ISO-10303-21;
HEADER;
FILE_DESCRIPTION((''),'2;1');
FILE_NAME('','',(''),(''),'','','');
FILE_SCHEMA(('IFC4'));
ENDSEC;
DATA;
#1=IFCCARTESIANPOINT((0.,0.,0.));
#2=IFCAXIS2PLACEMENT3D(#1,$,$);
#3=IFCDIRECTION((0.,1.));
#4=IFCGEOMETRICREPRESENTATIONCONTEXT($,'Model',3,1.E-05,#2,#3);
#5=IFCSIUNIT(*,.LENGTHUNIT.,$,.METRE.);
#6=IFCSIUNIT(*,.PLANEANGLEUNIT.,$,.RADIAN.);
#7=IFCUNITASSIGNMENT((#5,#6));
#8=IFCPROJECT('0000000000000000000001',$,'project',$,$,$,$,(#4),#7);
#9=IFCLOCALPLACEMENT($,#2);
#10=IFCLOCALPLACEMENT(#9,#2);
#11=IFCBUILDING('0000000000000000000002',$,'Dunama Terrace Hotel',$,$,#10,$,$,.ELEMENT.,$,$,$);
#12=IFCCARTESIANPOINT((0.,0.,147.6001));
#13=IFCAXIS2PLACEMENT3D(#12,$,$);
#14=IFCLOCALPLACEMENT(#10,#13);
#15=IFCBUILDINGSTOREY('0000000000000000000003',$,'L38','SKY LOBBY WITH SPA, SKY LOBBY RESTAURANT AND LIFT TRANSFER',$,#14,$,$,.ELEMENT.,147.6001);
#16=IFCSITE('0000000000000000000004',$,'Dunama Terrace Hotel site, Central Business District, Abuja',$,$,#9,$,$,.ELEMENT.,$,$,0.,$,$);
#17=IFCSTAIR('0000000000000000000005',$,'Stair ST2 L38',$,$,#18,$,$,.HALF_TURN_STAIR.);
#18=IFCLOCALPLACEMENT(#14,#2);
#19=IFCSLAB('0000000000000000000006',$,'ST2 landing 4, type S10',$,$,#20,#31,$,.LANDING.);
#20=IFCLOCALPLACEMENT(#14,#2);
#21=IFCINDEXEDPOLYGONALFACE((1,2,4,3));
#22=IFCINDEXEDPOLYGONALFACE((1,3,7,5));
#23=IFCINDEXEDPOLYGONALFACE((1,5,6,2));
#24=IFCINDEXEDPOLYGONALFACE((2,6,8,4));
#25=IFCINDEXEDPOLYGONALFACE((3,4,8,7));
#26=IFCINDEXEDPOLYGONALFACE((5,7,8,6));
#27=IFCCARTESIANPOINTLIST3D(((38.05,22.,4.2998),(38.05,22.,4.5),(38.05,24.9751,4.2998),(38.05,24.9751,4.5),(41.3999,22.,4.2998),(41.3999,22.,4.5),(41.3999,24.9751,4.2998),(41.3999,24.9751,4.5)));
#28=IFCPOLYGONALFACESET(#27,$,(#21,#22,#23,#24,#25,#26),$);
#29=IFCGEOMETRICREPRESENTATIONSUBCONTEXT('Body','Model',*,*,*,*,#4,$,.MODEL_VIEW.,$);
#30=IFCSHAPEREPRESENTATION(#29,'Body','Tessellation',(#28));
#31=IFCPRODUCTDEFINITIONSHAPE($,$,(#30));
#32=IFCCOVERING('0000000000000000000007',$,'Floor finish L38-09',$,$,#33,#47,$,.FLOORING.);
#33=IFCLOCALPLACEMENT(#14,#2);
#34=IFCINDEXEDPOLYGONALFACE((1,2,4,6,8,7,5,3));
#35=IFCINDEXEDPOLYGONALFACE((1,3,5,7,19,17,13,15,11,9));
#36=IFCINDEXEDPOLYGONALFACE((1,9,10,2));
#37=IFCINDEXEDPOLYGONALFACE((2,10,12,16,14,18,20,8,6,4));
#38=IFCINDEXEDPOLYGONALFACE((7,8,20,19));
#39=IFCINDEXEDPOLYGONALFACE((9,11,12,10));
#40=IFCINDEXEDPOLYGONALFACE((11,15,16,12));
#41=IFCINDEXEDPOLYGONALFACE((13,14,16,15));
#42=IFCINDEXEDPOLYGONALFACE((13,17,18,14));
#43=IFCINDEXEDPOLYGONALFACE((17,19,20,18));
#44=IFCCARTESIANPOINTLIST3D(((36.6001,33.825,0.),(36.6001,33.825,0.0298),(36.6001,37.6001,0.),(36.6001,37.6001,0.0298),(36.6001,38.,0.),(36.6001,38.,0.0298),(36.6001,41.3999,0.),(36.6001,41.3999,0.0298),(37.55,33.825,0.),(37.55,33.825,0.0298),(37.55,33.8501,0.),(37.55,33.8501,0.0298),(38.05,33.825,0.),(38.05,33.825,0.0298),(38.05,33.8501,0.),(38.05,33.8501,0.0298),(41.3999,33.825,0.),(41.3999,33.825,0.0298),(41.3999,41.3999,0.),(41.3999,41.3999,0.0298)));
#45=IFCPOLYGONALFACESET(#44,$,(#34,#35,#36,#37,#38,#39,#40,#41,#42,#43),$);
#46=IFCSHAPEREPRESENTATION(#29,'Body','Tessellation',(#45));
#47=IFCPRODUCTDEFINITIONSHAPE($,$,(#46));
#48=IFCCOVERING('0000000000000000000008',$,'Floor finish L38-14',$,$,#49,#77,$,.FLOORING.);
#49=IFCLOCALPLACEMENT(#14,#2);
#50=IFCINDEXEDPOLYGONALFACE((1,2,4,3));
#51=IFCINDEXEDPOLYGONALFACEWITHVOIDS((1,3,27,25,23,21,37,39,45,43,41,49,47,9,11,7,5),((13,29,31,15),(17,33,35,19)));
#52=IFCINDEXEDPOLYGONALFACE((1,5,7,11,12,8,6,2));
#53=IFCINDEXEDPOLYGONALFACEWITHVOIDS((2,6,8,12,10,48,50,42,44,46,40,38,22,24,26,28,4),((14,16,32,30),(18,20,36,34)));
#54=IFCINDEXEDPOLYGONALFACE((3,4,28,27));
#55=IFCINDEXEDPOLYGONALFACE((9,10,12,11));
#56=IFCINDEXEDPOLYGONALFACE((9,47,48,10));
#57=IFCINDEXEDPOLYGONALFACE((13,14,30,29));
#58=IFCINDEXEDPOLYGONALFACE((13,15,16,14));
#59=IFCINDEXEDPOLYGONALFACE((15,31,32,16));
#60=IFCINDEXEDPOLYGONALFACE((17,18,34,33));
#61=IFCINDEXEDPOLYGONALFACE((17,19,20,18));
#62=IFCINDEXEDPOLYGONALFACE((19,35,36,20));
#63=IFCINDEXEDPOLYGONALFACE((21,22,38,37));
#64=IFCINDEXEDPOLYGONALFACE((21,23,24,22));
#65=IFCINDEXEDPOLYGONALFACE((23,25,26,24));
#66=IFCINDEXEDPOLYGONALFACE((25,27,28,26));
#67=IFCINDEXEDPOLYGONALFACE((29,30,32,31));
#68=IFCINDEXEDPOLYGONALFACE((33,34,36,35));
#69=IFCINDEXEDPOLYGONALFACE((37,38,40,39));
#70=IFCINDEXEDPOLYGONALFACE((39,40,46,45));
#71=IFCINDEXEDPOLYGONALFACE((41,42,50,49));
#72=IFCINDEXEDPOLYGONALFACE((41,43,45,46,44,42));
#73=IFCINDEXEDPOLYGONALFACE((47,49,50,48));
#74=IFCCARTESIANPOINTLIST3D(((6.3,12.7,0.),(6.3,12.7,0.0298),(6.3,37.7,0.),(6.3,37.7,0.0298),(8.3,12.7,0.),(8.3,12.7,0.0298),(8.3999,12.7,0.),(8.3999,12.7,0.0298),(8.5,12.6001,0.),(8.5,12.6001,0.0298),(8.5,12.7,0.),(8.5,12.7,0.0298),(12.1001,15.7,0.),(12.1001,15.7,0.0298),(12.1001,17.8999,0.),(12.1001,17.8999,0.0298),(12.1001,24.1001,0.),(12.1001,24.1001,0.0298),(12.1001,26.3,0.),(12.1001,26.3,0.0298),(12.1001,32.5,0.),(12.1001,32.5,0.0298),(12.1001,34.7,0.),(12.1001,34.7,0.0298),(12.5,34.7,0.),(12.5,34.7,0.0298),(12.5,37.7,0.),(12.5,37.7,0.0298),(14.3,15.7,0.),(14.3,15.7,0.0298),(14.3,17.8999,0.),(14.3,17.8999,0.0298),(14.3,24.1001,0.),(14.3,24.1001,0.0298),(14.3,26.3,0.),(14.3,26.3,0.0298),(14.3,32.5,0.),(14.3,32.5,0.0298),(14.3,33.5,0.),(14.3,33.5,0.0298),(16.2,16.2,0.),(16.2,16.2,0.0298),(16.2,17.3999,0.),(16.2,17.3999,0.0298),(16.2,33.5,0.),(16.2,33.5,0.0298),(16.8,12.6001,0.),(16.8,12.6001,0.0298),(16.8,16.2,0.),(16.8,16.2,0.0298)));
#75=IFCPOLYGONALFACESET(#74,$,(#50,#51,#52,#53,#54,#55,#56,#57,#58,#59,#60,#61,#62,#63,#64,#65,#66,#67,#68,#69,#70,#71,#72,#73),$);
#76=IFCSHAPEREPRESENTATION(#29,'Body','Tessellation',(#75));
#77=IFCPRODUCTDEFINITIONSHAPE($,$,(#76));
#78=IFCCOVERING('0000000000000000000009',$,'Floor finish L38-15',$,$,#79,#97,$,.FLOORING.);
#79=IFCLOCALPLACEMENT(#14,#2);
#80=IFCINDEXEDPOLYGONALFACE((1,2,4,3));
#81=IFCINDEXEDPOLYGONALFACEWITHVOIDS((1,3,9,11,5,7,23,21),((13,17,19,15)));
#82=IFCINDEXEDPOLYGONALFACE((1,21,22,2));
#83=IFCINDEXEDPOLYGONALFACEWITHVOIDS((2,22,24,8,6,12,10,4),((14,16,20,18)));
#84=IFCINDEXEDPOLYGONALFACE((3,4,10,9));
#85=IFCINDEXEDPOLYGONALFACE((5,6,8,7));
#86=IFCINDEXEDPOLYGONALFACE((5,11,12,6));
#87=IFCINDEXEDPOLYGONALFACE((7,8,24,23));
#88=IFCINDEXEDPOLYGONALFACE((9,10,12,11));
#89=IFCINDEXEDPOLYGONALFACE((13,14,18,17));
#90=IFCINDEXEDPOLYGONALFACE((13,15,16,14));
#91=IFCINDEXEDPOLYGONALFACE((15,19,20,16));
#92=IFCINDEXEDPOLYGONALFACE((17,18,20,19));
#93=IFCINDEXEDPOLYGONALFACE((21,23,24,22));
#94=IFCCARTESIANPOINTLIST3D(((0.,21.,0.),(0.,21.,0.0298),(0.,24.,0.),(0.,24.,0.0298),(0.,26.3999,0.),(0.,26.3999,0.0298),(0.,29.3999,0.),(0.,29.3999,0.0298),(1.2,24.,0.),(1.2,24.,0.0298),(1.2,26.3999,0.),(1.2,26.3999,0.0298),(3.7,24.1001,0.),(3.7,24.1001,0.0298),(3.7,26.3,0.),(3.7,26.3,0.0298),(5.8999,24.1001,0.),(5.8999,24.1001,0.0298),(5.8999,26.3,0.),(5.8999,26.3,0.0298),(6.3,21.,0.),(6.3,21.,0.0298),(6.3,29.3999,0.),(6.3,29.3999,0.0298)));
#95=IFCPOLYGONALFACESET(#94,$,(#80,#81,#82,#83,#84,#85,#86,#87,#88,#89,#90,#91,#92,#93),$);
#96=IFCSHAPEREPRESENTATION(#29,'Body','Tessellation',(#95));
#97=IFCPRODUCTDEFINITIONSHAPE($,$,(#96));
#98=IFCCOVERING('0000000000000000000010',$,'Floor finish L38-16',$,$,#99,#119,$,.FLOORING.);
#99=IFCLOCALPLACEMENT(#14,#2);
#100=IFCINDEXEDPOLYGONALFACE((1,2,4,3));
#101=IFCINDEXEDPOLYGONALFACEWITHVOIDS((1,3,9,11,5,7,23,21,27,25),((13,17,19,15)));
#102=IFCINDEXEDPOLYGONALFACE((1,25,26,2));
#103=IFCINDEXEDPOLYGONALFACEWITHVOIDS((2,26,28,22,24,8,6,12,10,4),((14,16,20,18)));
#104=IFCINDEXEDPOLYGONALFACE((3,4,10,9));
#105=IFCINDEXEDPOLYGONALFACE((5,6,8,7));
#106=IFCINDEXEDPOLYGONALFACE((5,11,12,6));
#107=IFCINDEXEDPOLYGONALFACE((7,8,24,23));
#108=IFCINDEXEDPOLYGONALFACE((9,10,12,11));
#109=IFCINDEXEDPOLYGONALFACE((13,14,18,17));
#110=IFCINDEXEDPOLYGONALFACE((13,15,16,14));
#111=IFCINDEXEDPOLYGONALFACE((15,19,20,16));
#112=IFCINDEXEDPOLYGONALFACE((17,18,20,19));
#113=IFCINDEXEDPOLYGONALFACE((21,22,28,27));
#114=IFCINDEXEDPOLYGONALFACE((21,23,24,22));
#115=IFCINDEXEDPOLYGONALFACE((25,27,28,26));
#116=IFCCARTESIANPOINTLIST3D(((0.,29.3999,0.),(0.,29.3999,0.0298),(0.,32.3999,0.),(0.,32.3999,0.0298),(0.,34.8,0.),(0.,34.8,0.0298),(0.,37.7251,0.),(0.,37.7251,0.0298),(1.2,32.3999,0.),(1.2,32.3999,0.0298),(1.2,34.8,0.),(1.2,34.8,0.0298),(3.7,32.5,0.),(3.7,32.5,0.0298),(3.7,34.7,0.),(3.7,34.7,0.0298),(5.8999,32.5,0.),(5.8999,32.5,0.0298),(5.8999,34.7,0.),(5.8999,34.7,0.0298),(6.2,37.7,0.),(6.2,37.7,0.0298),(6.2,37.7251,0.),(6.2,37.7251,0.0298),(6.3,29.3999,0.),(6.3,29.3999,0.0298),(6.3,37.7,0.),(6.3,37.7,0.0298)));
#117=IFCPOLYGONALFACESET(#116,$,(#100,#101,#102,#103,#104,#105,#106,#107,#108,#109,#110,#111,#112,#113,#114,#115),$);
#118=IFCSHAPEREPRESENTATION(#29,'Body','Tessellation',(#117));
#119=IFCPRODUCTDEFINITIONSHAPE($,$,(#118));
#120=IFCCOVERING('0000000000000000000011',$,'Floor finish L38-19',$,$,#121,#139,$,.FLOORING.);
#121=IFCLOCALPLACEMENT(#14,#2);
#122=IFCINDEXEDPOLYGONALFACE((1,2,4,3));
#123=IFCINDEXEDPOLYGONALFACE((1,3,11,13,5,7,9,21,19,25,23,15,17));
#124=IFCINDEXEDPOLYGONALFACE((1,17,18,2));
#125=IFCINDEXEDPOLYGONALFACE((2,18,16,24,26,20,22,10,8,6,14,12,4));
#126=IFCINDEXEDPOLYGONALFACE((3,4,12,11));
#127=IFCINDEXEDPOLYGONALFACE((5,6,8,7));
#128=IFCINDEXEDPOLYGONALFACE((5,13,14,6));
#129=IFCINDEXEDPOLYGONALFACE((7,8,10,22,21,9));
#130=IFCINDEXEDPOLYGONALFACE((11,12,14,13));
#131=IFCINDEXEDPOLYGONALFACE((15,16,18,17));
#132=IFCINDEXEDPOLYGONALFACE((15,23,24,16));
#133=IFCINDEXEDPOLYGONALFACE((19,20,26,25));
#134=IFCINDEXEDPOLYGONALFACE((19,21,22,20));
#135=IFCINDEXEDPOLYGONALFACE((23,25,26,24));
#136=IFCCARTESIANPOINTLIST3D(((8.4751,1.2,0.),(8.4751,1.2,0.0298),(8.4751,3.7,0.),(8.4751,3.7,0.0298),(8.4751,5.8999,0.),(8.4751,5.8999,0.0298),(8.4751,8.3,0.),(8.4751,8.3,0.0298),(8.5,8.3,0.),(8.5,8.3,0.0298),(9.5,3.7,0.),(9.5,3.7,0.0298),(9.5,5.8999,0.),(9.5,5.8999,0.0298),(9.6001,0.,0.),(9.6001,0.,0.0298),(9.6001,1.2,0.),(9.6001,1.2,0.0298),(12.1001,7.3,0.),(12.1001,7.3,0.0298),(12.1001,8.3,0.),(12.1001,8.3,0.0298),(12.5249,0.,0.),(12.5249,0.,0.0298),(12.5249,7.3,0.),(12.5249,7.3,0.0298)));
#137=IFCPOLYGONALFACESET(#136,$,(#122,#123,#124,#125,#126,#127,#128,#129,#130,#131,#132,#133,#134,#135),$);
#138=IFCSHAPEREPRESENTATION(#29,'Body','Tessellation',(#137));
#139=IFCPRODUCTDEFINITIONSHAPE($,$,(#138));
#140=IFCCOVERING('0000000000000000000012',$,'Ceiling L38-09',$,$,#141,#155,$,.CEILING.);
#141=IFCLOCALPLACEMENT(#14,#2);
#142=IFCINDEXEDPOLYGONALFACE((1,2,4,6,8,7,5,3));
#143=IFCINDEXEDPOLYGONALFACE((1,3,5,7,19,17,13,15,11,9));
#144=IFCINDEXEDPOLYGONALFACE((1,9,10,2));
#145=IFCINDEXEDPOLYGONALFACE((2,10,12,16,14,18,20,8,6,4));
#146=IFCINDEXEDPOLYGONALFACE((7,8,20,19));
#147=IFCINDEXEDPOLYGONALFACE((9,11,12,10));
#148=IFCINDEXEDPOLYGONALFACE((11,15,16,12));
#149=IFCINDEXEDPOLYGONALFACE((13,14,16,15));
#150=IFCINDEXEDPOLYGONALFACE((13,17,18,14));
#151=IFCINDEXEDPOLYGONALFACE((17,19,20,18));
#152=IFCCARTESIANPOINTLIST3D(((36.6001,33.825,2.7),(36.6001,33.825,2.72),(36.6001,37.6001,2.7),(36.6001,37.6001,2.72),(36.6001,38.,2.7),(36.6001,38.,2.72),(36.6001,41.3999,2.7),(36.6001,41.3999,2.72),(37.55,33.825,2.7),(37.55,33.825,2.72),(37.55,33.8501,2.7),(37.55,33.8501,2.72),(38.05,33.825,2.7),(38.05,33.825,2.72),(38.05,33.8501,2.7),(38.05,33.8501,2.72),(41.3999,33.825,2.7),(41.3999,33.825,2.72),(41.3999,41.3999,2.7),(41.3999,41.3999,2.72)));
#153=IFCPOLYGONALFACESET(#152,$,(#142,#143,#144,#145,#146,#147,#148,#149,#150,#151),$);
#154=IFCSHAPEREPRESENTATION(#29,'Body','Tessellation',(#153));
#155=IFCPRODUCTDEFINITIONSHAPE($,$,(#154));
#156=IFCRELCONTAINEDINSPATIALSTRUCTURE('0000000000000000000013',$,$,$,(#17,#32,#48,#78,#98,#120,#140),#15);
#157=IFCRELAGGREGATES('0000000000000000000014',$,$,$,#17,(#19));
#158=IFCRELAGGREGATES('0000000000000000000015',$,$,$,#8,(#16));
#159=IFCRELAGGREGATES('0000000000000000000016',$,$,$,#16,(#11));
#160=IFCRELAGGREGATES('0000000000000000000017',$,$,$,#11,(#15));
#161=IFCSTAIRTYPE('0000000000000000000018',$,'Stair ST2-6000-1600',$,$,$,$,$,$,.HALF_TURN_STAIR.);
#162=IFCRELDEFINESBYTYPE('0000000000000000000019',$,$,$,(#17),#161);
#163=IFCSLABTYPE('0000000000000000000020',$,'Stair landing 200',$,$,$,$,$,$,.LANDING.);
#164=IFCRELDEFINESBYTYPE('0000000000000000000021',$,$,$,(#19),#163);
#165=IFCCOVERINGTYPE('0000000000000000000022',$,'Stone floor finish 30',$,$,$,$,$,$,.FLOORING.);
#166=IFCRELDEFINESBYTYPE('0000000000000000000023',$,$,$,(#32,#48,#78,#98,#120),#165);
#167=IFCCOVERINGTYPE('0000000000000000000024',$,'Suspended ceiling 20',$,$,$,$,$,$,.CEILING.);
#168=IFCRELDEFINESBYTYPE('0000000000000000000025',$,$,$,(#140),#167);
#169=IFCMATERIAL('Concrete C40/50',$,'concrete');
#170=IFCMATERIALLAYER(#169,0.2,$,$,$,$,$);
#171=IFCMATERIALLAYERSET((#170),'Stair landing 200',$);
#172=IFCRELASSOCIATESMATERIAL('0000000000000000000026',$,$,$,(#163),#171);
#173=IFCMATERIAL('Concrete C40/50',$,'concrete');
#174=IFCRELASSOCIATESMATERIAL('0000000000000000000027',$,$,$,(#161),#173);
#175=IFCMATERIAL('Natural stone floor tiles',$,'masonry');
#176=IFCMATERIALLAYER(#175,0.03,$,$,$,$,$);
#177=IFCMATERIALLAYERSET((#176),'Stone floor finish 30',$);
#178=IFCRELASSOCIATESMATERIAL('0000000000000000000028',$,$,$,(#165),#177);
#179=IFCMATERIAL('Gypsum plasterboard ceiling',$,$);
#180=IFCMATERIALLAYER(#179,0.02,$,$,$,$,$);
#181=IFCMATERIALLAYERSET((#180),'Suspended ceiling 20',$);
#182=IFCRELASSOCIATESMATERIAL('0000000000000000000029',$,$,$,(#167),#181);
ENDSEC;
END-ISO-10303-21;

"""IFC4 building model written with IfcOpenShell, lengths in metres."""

from ifc_helpers import new_model, si_unit, direction, frame, origin, place, context, subcontext, project, spatial, polyline, outline, extrude, material, layer, layer_set, type_object, element, aggregate, save


model = new_model("IFC4")

# Units and contexts
model_context = context("Model", 3, precision=1e-05, world=origin(), true_north=direction((0.0, 1.0)))
body_context = subcontext(model_context, "Body", "Model", "MODEL_VIEW")
ifc_project = project(units=[si_unit("LENGTHUNIT", "METRE"), si_unit("PLANEANGLEUNIT", "RADIAN")], contexts=[model_context])

# Site, building, storey
site_placement = place(None, origin())
site = spatial("IfcSite", under=ifc_project, at=site_placement, Name="Dunama Terrace Hotel site, Central Business District, Abuja", CompositionType="ELEMENT", RefElevation=0.0)
building_placement = place(site_placement, origin())
building = spatial("IfcBuilding", under=site, at=building_placement, Name="Dunama Terrace Hotel", CompositionType="ELEMENT")
storey_placement = place(building_placement, frame((0.0, 0.0, 147.6001)))
storey = spatial("IfcBuildingStorey", under=building, at=storey_placement, Name="L38", Description="SKY LOBBY WITH SPA, SKY LOBBY RESTAURANT AND LIFT TRANSFER", CompositionType="ELEMENT", Elevation=147.6001)

# Stair, slab
ifc_material_1 = material(Name="Concrete C40/50", Category="concrete")
ifc_layer_1 = layer(ifc_material_1, 0.2)
ifc_layer_set_1 = layer_set([ifc_layer_1], Name="Stair landing 200")
slab_type_1 = type_object("IfcSlabType", Name="Stair landing 200", PredefinedType="LANDING", material=ifc_layer_set_1)
ifc_material_2 = material(Name="Concrete C40/50", Category="concrete")
stair_type_1 = type_object("IfcStairType", Name="Stair ST2-6000-1600", PredefinedType="HALF_TURN_STAIR", material=ifc_material_2)
stair_1_placement = place(storey_placement, origin())
stair_1 = element("IfcStair", 1, at=stair_1_placement, inside=storey, type_object=stair_type_1, Name="Stair ST2 L38", PredefinedType="HALF_TURN_STAIR")
slab_1_placement = place(storey_placement, frame((0.0, 0.0, 4.2998)))
slab_1 = element("IfcSlab", 2, at=slab_1_placement, type_object=slab_type_1, Name="ST2 landing 4, type S10", PredefinedType="LANDING", context=body_context, shape_type="SweptSolid", body=[
    extrude(outline(polyline([(38.05, 22.0), (41.3999, 22.0), (41.3999, 24.9751), (38.05, 24.9751), (38.05, 22.0)])), origin(), (0.0, 0.0, 1.0), 0.2002),
])
aggregate(stair_1, [slab_1])

# Coverings
ifc_material_3 = material(Name="Natural stone floor tiles", Category="masonry")
ifc_layer_2 = layer(ifc_material_3, 0.03)
ifc_layer_set_2 = layer_set([ifc_layer_2], Name="Stone floor finish 30")
covering_type_1 = type_object("IfcCoveringType", Name="Stone floor finish 30", PredefinedType="FLOORING", material=ifc_layer_set_2)
covering_1_placement = place(storey_placement, origin())
element("IfcCovering", 3, at=covering_1_placement, inside=storey, type_object=covering_type_1, Name="Floor finish L38-09", PredefinedType="FLOORING", context=body_context, shape_type="SweptSolid", body=[
    extrude(outline(polyline([(36.6001, 41.3999), (36.6001, 38.0), (36.6001, 37.6001), (36.6001, 33.825), (37.55, 33.825), (37.55, 33.8501), (38.05, 33.8501), (38.05, 33.825), (41.3999, 33.825), (41.3999, 41.3999), (36.6001, 41.3999)])), origin(), (0.0, 0.0, 1.0), 0.0298),
])
covering_2_placement = place(storey_placement, origin())
element("IfcCovering", 4, at=covering_2_placement, inside=storey, type_object=covering_type_1, Name="Floor finish L38-14", PredefinedType="FLOORING", context=body_context, shape_type="SweptSolid", body=[
    extrude(outline(polyline([(6.3, 37.7), (6.3, 12.7), (8.3, 12.7), (8.3999, 12.7), (8.5, 12.7), (8.5, 12.6001), (16.8, 12.6001), (16.8, 16.2), (16.2, 16.2), (16.2, 17.3999), (16.2, 33.5), (14.3, 33.5), (14.3, 32.5), (12.1001, 32.5), (12.1001, 34.7), (12.5, 34.7), (12.5, 37.7), (6.3, 37.7)]), holes=[polyline([(12.1001, 17.8999), (14.3, 17.8999), (14.3, 15.7), (12.1001, 15.7), (12.1001, 17.8999)]), polyline([(12.1001, 26.3), (14.3, 26.3), (14.3, 24.1001), (12.1001, 24.1001), (12.1001, 26.3)])]), origin(), (0.0, 0.0, 1.0), 0.0298),
])
covering_3_placement = place(storey_placement, origin())
element("IfcCovering", 5, at=covering_3_placement, inside=storey, type_object=covering_type_1, Name="Floor finish L38-15", PredefinedType="FLOORING", context=body_context, shape_type="SweptSolid", body=[
    extrude(outline(polyline([(0.0, 21.0), (6.3, 21.0), (6.3, 29.3999), (0.0, 29.3999), (0.0, 26.3999), (1.2, 26.3999), (1.2, 24.0), (0.0, 24.0), (0.0, 21.0)]), holes=[polyline([(3.7, 26.3), (5.8999, 26.3), (5.8999, 24.1001), (3.7, 24.1001), (3.7, 26.3)])]), origin(), (0.0, 0.0, 1.0), 0.0298),
])
covering_4_placement = place(storey_placement, origin())
element("IfcCovering", 6, at=covering_4_placement, inside=storey, type_object=covering_type_1, Name="Floor finish L38-16", PredefinedType="FLOORING", context=body_context, shape_type="SweptSolid", body=[
    extrude(outline(polyline([(0.0, 29.3999), (6.3, 29.3999), (6.3, 37.7), (6.2, 37.7), (6.2, 37.7251), (0.0, 37.7251), (0.0, 34.8), (1.2, 34.8), (1.2, 32.3999), (0.0, 32.3999), (0.0, 29.3999)]), holes=[polyline([(3.7, 32.5), (3.7, 34.7), (5.8999, 34.7), (5.8999, 32.5), (3.7, 32.5)])]), origin(), (0.0, 0.0, 1.0), 0.0298),
])
covering_5_placement = place(storey_placement, origin())
element("IfcCovering", 7, at=covering_5_placement, inside=storey, type_object=covering_type_1, Name="Floor finish L38-19", PredefinedType="FLOORING", context=body_context, shape_type="SweptSolid", body=[
    extrude(outline(polyline([(9.6001, 0.0), (12.5249, 0.0), (12.5249, 7.3), (12.1001, 7.3), (12.1001, 8.3), (8.5, 8.3), (8.4751, 8.3), (8.4751, 5.8999), (9.5, 5.8999), (9.5, 3.7), (8.4751, 3.7), (8.4751, 1.2), (9.6001, 1.2), (9.6001, 0.0)])), origin(), (0.0, 0.0, 1.0), 0.0298),
])
ifc_material_4 = material(Name="Gypsum plasterboard ceiling")
ifc_layer_3 = layer(ifc_material_4, 0.02)
ifc_layer_set_3 = layer_set([ifc_layer_3], Name="Suspended ceiling 20")
covering_type_2 = type_object("IfcCoveringType", Name="Suspended ceiling 20", PredefinedType="CEILING", material=ifc_layer_set_3)
covering_6_placement = place(storey_placement, frame((0.0, 0.0, 2.7)))
element("IfcCovering", 8, at=covering_6_placement, inside=storey, type_object=covering_type_2, Name="Ceiling L38-09", PredefinedType="CEILING", context=body_context, shape_type="SweptSolid", body=[
    extrude(outline(polyline([(41.3999, 41.3999), (36.6001, 41.3999), (36.6001, 38.0), (36.6001, 37.6001), (36.6001, 33.825), (37.55, 33.825), (37.55, 33.8501), (38.05, 33.8501), (38.05, 33.825), (41.3999, 33.825), (41.3999, 41.3999)])), origin(), (0.0, 0.0, 1.0), 0.02),
])

save(model, "model.ifc")
